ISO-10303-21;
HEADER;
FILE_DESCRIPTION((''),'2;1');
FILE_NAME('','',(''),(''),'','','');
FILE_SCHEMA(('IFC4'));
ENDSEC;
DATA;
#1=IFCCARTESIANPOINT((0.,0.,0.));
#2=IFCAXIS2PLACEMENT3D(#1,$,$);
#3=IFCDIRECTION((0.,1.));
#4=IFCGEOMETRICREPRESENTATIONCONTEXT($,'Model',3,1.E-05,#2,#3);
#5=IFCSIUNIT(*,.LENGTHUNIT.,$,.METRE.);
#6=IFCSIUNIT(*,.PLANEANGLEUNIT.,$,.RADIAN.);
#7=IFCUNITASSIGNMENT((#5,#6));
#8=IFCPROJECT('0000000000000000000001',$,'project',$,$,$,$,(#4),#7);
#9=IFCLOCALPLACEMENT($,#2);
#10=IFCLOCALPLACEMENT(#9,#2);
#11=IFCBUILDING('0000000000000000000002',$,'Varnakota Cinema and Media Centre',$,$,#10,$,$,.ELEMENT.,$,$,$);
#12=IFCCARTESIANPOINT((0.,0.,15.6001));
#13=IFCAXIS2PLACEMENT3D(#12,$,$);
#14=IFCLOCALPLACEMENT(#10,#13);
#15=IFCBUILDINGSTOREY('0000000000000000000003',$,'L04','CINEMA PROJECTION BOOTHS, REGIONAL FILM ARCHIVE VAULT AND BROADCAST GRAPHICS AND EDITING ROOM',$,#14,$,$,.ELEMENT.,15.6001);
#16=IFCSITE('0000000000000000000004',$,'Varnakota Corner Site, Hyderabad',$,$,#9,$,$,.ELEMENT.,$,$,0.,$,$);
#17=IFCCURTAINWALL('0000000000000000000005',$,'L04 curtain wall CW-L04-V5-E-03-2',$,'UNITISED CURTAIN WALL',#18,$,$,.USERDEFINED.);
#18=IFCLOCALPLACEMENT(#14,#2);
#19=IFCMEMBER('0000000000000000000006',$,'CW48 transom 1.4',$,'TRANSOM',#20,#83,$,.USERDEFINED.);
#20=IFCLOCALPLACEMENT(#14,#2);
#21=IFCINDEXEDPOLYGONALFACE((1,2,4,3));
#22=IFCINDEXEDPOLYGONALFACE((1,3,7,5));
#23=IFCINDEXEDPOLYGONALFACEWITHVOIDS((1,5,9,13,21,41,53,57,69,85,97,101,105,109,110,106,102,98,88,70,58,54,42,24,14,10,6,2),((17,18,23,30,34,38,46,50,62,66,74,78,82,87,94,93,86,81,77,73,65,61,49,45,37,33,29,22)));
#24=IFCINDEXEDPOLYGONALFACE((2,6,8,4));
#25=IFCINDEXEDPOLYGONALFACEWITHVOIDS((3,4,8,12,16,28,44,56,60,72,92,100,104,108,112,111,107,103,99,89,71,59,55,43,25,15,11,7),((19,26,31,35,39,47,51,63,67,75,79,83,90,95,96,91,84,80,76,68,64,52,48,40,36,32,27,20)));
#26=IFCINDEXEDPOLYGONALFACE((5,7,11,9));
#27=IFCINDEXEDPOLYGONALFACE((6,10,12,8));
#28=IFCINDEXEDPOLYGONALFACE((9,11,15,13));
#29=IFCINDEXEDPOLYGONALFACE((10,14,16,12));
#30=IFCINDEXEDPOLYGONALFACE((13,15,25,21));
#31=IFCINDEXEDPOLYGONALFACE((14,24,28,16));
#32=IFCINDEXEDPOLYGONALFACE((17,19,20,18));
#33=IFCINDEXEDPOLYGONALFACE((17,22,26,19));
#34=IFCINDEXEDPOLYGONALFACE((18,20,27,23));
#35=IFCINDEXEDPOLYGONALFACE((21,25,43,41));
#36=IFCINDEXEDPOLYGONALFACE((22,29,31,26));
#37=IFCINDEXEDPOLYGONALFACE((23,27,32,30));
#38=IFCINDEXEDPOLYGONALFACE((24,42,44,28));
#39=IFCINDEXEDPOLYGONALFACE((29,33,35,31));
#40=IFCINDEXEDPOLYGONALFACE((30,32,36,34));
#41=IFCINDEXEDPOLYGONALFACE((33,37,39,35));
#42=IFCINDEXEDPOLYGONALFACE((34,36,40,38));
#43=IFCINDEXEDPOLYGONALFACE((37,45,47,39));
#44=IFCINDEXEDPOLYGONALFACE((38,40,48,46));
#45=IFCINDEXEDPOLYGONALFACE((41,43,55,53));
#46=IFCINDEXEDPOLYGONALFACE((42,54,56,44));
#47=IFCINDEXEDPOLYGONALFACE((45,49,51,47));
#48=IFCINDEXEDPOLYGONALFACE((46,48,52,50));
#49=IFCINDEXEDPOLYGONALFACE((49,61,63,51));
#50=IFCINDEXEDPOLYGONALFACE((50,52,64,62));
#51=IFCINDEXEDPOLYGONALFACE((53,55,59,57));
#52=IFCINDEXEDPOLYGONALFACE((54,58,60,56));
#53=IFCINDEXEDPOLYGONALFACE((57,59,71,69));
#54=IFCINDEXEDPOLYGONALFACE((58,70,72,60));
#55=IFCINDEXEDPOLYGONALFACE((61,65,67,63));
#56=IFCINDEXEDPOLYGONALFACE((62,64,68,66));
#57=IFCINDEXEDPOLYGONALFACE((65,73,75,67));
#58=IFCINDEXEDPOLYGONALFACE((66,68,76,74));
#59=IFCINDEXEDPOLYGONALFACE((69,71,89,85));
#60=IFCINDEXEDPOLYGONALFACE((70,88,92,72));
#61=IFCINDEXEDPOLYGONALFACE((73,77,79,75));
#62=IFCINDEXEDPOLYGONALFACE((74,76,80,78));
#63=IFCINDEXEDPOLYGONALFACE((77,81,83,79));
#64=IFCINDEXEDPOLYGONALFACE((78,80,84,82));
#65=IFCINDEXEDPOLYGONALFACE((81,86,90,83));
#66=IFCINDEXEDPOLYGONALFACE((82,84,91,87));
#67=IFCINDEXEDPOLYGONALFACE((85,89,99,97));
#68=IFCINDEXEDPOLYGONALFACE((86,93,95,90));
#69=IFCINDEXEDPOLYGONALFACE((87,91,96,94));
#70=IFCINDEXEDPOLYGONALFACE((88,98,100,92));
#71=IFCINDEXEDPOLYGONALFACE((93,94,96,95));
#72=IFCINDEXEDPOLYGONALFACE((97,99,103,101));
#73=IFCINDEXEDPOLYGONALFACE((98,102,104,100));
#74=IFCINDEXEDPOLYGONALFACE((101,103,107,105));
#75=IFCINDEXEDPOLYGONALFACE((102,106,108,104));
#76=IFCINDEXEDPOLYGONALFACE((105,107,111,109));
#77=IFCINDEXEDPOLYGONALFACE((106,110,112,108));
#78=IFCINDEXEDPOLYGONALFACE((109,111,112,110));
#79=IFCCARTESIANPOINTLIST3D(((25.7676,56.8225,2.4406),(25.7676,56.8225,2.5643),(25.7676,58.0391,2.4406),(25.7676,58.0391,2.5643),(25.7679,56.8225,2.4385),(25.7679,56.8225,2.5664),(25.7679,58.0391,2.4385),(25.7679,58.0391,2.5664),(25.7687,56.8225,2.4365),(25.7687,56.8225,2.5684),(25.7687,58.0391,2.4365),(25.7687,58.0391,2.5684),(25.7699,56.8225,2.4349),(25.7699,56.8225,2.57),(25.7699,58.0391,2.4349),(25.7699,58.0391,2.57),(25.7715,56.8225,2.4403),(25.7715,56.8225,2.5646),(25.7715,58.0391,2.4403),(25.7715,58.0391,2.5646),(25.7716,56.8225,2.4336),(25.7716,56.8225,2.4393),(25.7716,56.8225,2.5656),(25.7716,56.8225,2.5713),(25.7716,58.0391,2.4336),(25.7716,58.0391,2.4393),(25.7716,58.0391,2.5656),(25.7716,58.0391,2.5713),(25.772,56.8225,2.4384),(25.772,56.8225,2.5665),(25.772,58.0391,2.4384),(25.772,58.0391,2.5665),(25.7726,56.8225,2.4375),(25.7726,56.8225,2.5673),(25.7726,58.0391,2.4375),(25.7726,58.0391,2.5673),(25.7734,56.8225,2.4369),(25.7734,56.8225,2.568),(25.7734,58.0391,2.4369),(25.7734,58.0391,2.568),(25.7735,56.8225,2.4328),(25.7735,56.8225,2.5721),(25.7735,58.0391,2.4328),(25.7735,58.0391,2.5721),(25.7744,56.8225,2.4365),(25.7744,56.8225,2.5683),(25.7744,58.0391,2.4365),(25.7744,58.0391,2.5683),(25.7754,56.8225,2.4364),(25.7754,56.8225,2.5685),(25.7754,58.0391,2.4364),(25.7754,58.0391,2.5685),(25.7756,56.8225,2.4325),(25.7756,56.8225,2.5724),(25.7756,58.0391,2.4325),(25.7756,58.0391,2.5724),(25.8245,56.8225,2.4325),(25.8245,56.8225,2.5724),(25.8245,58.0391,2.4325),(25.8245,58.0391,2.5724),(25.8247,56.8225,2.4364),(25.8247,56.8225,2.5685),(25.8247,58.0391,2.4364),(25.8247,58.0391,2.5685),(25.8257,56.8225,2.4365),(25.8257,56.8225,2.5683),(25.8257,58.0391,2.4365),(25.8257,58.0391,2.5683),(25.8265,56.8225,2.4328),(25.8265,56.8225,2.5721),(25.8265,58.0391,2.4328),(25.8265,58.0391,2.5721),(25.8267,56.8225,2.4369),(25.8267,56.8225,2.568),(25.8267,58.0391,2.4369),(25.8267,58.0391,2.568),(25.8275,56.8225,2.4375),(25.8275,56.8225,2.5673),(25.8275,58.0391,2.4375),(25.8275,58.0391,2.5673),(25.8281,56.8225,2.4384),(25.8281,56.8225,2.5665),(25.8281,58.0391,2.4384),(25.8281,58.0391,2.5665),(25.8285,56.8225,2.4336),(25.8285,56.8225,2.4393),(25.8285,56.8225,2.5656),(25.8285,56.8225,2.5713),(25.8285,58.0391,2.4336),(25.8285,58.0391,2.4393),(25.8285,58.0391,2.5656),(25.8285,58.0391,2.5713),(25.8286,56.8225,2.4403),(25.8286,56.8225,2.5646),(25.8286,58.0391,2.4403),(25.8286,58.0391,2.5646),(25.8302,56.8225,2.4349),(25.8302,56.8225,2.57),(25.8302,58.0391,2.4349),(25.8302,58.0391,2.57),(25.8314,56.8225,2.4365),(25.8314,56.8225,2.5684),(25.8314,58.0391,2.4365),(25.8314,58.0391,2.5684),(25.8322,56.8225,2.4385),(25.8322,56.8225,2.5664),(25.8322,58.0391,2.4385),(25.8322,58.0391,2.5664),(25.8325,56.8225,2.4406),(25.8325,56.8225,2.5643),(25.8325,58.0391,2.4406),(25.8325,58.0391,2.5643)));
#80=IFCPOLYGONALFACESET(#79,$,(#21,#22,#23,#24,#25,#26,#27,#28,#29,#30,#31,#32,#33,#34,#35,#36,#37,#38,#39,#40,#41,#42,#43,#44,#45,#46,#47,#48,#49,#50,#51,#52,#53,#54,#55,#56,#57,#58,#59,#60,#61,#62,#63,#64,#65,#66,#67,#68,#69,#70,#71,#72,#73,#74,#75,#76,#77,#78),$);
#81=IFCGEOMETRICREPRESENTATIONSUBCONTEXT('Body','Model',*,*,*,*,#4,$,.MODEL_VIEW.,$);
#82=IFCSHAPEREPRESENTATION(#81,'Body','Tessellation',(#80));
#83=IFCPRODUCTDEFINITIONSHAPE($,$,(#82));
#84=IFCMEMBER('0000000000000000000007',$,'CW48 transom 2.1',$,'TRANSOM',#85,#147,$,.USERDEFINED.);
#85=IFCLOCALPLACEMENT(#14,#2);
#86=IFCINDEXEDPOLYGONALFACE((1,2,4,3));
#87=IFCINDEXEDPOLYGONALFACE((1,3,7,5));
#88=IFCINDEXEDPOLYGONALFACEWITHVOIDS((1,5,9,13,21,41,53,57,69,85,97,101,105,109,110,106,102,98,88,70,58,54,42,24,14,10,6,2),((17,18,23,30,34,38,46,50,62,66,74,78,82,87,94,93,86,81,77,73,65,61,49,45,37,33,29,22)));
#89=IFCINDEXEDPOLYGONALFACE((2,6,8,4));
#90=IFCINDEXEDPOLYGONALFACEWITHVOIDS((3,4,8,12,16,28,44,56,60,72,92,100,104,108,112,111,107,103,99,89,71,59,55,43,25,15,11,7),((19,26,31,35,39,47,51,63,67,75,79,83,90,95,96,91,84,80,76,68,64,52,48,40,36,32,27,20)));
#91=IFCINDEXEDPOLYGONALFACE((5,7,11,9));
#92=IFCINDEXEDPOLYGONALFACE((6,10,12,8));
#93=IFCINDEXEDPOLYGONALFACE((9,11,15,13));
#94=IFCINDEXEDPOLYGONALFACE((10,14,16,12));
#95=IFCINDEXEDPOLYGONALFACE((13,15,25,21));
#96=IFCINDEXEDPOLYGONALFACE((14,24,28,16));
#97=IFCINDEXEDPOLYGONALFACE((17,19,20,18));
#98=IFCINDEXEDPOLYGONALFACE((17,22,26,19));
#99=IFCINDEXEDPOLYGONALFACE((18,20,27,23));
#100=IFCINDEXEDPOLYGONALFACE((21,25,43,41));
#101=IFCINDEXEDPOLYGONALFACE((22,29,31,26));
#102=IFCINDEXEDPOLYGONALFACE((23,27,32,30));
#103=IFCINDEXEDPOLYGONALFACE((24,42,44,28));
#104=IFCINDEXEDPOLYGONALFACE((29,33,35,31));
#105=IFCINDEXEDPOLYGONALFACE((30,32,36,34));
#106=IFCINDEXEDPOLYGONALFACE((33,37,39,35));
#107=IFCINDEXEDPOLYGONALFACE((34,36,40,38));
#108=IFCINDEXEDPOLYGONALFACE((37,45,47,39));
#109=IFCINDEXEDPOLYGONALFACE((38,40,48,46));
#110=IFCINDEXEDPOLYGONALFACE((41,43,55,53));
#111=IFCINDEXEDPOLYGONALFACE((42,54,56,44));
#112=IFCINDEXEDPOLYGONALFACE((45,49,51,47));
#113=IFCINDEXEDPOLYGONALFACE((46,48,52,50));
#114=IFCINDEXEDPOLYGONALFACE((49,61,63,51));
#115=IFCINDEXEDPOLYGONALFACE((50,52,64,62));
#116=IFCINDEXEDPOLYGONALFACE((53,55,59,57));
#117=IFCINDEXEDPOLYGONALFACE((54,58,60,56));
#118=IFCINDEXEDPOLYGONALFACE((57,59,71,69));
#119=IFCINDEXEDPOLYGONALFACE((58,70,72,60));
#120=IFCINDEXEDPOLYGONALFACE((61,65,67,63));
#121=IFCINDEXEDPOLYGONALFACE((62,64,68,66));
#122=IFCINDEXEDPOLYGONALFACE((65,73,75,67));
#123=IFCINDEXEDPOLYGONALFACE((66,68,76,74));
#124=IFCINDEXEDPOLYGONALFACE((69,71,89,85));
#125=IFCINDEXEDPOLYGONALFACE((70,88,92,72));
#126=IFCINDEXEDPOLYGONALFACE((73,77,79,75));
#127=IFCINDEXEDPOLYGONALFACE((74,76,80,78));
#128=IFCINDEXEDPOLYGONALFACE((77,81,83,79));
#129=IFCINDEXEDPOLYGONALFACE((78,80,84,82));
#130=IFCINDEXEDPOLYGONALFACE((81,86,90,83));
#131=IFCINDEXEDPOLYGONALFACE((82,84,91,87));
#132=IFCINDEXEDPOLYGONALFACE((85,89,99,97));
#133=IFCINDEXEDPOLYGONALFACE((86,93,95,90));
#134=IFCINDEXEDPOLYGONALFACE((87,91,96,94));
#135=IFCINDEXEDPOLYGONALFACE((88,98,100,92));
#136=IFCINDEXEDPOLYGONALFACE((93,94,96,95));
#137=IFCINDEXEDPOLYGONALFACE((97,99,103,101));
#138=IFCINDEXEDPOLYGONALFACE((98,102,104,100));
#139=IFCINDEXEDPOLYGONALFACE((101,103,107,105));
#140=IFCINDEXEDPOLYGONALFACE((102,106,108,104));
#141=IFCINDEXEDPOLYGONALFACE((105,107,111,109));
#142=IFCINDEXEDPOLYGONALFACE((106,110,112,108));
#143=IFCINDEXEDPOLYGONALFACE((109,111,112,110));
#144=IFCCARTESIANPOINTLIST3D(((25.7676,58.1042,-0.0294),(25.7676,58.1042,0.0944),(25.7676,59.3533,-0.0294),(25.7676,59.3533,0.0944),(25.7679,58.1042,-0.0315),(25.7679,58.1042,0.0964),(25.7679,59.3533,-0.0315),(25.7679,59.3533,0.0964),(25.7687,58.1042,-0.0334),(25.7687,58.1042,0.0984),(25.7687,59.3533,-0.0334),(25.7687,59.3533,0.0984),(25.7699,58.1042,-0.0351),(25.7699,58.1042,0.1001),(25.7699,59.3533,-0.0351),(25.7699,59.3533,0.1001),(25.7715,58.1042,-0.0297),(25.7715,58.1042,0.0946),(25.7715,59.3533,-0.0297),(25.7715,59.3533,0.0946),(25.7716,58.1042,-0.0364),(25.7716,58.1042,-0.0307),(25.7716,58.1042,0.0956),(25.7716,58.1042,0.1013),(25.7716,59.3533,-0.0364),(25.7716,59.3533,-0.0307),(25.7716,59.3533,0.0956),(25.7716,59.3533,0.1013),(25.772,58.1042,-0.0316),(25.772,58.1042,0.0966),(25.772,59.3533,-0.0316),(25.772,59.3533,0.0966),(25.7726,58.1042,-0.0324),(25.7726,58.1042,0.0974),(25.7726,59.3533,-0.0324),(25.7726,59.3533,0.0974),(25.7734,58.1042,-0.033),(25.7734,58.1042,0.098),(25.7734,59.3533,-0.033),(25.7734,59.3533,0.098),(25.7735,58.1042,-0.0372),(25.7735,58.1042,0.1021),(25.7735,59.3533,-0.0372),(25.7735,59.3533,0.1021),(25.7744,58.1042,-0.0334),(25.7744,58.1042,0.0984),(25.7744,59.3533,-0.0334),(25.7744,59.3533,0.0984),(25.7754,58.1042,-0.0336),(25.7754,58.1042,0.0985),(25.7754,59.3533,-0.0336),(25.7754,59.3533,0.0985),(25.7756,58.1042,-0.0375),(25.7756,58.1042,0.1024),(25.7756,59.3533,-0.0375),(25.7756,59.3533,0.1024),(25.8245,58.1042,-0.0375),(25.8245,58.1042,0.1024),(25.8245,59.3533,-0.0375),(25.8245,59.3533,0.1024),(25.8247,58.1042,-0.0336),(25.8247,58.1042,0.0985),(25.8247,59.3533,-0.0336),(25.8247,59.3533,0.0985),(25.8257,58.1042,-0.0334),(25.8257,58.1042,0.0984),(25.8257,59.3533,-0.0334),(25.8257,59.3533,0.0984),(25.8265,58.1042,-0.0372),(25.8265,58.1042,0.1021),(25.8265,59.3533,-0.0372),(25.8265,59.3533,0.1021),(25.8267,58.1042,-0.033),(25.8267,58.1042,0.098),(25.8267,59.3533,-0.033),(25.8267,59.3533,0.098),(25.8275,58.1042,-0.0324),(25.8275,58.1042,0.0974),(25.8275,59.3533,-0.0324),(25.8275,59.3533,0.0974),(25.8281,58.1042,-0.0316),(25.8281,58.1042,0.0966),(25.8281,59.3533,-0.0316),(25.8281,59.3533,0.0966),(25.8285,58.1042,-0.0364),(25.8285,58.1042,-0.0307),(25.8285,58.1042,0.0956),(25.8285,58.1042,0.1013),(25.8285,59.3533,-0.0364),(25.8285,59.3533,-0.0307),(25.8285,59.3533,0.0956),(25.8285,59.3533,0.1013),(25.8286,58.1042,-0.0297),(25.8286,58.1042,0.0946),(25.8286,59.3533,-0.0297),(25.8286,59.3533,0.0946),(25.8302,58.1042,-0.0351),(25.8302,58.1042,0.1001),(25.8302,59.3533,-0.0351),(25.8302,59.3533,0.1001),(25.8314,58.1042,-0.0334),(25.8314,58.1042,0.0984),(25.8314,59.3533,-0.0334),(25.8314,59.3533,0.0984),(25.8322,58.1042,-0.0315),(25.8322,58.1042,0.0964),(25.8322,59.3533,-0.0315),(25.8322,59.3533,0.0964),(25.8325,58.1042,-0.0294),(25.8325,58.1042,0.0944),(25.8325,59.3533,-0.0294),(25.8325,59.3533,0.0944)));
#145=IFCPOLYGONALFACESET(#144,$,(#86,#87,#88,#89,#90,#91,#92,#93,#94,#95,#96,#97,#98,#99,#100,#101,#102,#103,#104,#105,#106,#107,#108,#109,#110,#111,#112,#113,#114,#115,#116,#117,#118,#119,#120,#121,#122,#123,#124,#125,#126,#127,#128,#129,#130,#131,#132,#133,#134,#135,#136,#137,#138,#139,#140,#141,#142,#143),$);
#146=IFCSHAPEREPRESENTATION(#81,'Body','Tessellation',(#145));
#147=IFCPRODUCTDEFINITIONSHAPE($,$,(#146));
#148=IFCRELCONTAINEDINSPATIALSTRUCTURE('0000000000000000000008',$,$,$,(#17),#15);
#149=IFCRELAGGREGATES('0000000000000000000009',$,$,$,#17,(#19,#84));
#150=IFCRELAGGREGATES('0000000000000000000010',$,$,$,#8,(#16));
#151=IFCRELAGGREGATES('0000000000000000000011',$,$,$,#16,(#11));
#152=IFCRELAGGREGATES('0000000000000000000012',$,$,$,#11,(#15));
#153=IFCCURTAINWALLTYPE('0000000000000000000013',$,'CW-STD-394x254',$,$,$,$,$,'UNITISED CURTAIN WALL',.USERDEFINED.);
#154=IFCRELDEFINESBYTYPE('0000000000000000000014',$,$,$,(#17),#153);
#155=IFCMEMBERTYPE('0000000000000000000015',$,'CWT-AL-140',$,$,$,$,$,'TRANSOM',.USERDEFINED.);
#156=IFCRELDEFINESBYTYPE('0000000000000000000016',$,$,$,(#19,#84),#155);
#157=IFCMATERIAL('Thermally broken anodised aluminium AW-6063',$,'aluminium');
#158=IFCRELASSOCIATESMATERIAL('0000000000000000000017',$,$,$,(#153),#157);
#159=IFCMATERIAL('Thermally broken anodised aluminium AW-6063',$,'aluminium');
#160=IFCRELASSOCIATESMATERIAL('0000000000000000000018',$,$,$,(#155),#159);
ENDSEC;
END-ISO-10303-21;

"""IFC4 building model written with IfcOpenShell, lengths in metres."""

from ifc_helpers import new_model, si_unit, direction, frame, origin, origin_2d, place, context, subcontext, project, spatial, hollow_rectangle, extrude, material, material_profile, profile_set, type_object, element, aggregate, save


model = new_model("IFC4")

# Units and contexts
model_context = context("Model", 3, precision=1e-05, world=origin(), true_north=direction((0.0, 1.0)))
body_context = subcontext(model_context, "Body", "Model", "MODEL_VIEW")
ifc_project = project(units=[si_unit("LENGTHUNIT", "METRE"), si_unit("PLANEANGLEUNIT", "RADIAN")], contexts=[model_context])

# Site, building, storey
site_placement = place(None, origin())
site = spatial("IfcSite", under=ifc_project, at=site_placement, Name="Varnakota Corner Site, Hyderabad", CompositionType="ELEMENT", RefElevation=0.0)
building_placement = place(site_placement, origin())
building = spatial("IfcBuilding", under=site, at=building_placement, Name="Varnakota Cinema and Media Centre", CompositionType="ELEMENT")
storey_placement = place(building_placement, frame((0.0, 0.0, 15.6001)))
storey = spatial("IfcBuildingStorey", under=building, at=storey_placement, Name="L04", Description="CINEMA PROJECTION BOOTHS, REGIONAL FILM ARCHIVE VAULT AND BROADCAST GRAPHICS AND EDITING ROOM", CompositionType="ELEMENT", Elevation=15.6001)

# Curtain wall
ifc_material_1 = material(Name="Thermally broken anodised aluminium AW-6063", Category="aluminium")
curtain_wall_type = type_object("IfcCurtainWallType", Name="CW-STD-394x254", ElementType="UNITISED CURTAIN WALL", PredefinedType="USERDEFINED", material=ifc_material_1)
curtain_wall_1_placement = place(storey_placement, origin())
curtain_wall_1 = element("IfcCurtainWall", 1, at=curtain_wall_1_placement, inside=storey, type_object=curtain_wall_type, Name="L04 curtain wall CW-L04-V5-E-03-2", ObjectType="UNITISED CURTAIN WALL", PredefinedType="USERDEFINED")

# Members
ifc_material_2 = material(Name="Thermally broken anodised aluminium AW-6063", Category="aluminium")
ifc_material_profile_1 = material_profile(ifc_material_2, hollow_rectangle(XDim=0.0649, YDim=0.1399, WallThickness=0.0039, InnerFilletRadius=0.0039, OuterFilletRadius=0.0081, at=origin_2d()), Name="AL-TRANSOM 140x65x4")
ifc_profile_set_1 = profile_set([ifc_material_profile_1], Name="Thermally broken anodised aluminium AW-6063")
member_type_1 = type_object("IfcMemberType", Name="CWT-AL-140", ElementType="TRANSOM", PredefinedType="USERDEFINED", material=ifc_profile_set_1)
member_1_placement = place(storey_placement, frame((25.8, 56.8225, 2.5024), z_axis=(0.0, 1.0, 0.0), x_axis=(-1.0, 0.0, 0.0)))
member_1 = element("IfcMember", 2, at=member_1_placement, type_object=member_type_1, Name="CW48 transom 1.4", ObjectType="TRANSOM", PredefinedType="USERDEFINED", context=body_context, shape_type="SweptSolid", body=[
    extrude(hollow_rectangle(XDim=0.0649, YDim=0.1399, WallThickness=0.0039, InnerFilletRadius=0.0039, OuterFilletRadius=0.0081, at=origin_2d()), origin(), (0.0, 0.0, 1.0), 1.2166),
])
member_2_placement = place(storey_placement, frame((25.8, 58.1042, 0.0325), z_axis=(0.0, 1.0, 0.0), x_axis=(-1.0, 0.0, 0.0)))
member_2 = element("IfcMember", 3, at=member_2_placement, type_object=member_type_1, Name="CW48 transom 2.1", ObjectType="TRANSOM", PredefinedType="USERDEFINED", context=body_context, shape_type="SweptSolid", body=[
    extrude(hollow_rectangle(XDim=0.0649, YDim=0.1399, WallThickness=0.0039, InnerFilletRadius=0.0039, OuterFilletRadius=0.0081, at=origin_2d()), origin(), (0.0, 0.0, 1.0), 1.249),
])

aggregate(curtain_wall_1, [member_1, member_2])

save(model, "model.ifc")
